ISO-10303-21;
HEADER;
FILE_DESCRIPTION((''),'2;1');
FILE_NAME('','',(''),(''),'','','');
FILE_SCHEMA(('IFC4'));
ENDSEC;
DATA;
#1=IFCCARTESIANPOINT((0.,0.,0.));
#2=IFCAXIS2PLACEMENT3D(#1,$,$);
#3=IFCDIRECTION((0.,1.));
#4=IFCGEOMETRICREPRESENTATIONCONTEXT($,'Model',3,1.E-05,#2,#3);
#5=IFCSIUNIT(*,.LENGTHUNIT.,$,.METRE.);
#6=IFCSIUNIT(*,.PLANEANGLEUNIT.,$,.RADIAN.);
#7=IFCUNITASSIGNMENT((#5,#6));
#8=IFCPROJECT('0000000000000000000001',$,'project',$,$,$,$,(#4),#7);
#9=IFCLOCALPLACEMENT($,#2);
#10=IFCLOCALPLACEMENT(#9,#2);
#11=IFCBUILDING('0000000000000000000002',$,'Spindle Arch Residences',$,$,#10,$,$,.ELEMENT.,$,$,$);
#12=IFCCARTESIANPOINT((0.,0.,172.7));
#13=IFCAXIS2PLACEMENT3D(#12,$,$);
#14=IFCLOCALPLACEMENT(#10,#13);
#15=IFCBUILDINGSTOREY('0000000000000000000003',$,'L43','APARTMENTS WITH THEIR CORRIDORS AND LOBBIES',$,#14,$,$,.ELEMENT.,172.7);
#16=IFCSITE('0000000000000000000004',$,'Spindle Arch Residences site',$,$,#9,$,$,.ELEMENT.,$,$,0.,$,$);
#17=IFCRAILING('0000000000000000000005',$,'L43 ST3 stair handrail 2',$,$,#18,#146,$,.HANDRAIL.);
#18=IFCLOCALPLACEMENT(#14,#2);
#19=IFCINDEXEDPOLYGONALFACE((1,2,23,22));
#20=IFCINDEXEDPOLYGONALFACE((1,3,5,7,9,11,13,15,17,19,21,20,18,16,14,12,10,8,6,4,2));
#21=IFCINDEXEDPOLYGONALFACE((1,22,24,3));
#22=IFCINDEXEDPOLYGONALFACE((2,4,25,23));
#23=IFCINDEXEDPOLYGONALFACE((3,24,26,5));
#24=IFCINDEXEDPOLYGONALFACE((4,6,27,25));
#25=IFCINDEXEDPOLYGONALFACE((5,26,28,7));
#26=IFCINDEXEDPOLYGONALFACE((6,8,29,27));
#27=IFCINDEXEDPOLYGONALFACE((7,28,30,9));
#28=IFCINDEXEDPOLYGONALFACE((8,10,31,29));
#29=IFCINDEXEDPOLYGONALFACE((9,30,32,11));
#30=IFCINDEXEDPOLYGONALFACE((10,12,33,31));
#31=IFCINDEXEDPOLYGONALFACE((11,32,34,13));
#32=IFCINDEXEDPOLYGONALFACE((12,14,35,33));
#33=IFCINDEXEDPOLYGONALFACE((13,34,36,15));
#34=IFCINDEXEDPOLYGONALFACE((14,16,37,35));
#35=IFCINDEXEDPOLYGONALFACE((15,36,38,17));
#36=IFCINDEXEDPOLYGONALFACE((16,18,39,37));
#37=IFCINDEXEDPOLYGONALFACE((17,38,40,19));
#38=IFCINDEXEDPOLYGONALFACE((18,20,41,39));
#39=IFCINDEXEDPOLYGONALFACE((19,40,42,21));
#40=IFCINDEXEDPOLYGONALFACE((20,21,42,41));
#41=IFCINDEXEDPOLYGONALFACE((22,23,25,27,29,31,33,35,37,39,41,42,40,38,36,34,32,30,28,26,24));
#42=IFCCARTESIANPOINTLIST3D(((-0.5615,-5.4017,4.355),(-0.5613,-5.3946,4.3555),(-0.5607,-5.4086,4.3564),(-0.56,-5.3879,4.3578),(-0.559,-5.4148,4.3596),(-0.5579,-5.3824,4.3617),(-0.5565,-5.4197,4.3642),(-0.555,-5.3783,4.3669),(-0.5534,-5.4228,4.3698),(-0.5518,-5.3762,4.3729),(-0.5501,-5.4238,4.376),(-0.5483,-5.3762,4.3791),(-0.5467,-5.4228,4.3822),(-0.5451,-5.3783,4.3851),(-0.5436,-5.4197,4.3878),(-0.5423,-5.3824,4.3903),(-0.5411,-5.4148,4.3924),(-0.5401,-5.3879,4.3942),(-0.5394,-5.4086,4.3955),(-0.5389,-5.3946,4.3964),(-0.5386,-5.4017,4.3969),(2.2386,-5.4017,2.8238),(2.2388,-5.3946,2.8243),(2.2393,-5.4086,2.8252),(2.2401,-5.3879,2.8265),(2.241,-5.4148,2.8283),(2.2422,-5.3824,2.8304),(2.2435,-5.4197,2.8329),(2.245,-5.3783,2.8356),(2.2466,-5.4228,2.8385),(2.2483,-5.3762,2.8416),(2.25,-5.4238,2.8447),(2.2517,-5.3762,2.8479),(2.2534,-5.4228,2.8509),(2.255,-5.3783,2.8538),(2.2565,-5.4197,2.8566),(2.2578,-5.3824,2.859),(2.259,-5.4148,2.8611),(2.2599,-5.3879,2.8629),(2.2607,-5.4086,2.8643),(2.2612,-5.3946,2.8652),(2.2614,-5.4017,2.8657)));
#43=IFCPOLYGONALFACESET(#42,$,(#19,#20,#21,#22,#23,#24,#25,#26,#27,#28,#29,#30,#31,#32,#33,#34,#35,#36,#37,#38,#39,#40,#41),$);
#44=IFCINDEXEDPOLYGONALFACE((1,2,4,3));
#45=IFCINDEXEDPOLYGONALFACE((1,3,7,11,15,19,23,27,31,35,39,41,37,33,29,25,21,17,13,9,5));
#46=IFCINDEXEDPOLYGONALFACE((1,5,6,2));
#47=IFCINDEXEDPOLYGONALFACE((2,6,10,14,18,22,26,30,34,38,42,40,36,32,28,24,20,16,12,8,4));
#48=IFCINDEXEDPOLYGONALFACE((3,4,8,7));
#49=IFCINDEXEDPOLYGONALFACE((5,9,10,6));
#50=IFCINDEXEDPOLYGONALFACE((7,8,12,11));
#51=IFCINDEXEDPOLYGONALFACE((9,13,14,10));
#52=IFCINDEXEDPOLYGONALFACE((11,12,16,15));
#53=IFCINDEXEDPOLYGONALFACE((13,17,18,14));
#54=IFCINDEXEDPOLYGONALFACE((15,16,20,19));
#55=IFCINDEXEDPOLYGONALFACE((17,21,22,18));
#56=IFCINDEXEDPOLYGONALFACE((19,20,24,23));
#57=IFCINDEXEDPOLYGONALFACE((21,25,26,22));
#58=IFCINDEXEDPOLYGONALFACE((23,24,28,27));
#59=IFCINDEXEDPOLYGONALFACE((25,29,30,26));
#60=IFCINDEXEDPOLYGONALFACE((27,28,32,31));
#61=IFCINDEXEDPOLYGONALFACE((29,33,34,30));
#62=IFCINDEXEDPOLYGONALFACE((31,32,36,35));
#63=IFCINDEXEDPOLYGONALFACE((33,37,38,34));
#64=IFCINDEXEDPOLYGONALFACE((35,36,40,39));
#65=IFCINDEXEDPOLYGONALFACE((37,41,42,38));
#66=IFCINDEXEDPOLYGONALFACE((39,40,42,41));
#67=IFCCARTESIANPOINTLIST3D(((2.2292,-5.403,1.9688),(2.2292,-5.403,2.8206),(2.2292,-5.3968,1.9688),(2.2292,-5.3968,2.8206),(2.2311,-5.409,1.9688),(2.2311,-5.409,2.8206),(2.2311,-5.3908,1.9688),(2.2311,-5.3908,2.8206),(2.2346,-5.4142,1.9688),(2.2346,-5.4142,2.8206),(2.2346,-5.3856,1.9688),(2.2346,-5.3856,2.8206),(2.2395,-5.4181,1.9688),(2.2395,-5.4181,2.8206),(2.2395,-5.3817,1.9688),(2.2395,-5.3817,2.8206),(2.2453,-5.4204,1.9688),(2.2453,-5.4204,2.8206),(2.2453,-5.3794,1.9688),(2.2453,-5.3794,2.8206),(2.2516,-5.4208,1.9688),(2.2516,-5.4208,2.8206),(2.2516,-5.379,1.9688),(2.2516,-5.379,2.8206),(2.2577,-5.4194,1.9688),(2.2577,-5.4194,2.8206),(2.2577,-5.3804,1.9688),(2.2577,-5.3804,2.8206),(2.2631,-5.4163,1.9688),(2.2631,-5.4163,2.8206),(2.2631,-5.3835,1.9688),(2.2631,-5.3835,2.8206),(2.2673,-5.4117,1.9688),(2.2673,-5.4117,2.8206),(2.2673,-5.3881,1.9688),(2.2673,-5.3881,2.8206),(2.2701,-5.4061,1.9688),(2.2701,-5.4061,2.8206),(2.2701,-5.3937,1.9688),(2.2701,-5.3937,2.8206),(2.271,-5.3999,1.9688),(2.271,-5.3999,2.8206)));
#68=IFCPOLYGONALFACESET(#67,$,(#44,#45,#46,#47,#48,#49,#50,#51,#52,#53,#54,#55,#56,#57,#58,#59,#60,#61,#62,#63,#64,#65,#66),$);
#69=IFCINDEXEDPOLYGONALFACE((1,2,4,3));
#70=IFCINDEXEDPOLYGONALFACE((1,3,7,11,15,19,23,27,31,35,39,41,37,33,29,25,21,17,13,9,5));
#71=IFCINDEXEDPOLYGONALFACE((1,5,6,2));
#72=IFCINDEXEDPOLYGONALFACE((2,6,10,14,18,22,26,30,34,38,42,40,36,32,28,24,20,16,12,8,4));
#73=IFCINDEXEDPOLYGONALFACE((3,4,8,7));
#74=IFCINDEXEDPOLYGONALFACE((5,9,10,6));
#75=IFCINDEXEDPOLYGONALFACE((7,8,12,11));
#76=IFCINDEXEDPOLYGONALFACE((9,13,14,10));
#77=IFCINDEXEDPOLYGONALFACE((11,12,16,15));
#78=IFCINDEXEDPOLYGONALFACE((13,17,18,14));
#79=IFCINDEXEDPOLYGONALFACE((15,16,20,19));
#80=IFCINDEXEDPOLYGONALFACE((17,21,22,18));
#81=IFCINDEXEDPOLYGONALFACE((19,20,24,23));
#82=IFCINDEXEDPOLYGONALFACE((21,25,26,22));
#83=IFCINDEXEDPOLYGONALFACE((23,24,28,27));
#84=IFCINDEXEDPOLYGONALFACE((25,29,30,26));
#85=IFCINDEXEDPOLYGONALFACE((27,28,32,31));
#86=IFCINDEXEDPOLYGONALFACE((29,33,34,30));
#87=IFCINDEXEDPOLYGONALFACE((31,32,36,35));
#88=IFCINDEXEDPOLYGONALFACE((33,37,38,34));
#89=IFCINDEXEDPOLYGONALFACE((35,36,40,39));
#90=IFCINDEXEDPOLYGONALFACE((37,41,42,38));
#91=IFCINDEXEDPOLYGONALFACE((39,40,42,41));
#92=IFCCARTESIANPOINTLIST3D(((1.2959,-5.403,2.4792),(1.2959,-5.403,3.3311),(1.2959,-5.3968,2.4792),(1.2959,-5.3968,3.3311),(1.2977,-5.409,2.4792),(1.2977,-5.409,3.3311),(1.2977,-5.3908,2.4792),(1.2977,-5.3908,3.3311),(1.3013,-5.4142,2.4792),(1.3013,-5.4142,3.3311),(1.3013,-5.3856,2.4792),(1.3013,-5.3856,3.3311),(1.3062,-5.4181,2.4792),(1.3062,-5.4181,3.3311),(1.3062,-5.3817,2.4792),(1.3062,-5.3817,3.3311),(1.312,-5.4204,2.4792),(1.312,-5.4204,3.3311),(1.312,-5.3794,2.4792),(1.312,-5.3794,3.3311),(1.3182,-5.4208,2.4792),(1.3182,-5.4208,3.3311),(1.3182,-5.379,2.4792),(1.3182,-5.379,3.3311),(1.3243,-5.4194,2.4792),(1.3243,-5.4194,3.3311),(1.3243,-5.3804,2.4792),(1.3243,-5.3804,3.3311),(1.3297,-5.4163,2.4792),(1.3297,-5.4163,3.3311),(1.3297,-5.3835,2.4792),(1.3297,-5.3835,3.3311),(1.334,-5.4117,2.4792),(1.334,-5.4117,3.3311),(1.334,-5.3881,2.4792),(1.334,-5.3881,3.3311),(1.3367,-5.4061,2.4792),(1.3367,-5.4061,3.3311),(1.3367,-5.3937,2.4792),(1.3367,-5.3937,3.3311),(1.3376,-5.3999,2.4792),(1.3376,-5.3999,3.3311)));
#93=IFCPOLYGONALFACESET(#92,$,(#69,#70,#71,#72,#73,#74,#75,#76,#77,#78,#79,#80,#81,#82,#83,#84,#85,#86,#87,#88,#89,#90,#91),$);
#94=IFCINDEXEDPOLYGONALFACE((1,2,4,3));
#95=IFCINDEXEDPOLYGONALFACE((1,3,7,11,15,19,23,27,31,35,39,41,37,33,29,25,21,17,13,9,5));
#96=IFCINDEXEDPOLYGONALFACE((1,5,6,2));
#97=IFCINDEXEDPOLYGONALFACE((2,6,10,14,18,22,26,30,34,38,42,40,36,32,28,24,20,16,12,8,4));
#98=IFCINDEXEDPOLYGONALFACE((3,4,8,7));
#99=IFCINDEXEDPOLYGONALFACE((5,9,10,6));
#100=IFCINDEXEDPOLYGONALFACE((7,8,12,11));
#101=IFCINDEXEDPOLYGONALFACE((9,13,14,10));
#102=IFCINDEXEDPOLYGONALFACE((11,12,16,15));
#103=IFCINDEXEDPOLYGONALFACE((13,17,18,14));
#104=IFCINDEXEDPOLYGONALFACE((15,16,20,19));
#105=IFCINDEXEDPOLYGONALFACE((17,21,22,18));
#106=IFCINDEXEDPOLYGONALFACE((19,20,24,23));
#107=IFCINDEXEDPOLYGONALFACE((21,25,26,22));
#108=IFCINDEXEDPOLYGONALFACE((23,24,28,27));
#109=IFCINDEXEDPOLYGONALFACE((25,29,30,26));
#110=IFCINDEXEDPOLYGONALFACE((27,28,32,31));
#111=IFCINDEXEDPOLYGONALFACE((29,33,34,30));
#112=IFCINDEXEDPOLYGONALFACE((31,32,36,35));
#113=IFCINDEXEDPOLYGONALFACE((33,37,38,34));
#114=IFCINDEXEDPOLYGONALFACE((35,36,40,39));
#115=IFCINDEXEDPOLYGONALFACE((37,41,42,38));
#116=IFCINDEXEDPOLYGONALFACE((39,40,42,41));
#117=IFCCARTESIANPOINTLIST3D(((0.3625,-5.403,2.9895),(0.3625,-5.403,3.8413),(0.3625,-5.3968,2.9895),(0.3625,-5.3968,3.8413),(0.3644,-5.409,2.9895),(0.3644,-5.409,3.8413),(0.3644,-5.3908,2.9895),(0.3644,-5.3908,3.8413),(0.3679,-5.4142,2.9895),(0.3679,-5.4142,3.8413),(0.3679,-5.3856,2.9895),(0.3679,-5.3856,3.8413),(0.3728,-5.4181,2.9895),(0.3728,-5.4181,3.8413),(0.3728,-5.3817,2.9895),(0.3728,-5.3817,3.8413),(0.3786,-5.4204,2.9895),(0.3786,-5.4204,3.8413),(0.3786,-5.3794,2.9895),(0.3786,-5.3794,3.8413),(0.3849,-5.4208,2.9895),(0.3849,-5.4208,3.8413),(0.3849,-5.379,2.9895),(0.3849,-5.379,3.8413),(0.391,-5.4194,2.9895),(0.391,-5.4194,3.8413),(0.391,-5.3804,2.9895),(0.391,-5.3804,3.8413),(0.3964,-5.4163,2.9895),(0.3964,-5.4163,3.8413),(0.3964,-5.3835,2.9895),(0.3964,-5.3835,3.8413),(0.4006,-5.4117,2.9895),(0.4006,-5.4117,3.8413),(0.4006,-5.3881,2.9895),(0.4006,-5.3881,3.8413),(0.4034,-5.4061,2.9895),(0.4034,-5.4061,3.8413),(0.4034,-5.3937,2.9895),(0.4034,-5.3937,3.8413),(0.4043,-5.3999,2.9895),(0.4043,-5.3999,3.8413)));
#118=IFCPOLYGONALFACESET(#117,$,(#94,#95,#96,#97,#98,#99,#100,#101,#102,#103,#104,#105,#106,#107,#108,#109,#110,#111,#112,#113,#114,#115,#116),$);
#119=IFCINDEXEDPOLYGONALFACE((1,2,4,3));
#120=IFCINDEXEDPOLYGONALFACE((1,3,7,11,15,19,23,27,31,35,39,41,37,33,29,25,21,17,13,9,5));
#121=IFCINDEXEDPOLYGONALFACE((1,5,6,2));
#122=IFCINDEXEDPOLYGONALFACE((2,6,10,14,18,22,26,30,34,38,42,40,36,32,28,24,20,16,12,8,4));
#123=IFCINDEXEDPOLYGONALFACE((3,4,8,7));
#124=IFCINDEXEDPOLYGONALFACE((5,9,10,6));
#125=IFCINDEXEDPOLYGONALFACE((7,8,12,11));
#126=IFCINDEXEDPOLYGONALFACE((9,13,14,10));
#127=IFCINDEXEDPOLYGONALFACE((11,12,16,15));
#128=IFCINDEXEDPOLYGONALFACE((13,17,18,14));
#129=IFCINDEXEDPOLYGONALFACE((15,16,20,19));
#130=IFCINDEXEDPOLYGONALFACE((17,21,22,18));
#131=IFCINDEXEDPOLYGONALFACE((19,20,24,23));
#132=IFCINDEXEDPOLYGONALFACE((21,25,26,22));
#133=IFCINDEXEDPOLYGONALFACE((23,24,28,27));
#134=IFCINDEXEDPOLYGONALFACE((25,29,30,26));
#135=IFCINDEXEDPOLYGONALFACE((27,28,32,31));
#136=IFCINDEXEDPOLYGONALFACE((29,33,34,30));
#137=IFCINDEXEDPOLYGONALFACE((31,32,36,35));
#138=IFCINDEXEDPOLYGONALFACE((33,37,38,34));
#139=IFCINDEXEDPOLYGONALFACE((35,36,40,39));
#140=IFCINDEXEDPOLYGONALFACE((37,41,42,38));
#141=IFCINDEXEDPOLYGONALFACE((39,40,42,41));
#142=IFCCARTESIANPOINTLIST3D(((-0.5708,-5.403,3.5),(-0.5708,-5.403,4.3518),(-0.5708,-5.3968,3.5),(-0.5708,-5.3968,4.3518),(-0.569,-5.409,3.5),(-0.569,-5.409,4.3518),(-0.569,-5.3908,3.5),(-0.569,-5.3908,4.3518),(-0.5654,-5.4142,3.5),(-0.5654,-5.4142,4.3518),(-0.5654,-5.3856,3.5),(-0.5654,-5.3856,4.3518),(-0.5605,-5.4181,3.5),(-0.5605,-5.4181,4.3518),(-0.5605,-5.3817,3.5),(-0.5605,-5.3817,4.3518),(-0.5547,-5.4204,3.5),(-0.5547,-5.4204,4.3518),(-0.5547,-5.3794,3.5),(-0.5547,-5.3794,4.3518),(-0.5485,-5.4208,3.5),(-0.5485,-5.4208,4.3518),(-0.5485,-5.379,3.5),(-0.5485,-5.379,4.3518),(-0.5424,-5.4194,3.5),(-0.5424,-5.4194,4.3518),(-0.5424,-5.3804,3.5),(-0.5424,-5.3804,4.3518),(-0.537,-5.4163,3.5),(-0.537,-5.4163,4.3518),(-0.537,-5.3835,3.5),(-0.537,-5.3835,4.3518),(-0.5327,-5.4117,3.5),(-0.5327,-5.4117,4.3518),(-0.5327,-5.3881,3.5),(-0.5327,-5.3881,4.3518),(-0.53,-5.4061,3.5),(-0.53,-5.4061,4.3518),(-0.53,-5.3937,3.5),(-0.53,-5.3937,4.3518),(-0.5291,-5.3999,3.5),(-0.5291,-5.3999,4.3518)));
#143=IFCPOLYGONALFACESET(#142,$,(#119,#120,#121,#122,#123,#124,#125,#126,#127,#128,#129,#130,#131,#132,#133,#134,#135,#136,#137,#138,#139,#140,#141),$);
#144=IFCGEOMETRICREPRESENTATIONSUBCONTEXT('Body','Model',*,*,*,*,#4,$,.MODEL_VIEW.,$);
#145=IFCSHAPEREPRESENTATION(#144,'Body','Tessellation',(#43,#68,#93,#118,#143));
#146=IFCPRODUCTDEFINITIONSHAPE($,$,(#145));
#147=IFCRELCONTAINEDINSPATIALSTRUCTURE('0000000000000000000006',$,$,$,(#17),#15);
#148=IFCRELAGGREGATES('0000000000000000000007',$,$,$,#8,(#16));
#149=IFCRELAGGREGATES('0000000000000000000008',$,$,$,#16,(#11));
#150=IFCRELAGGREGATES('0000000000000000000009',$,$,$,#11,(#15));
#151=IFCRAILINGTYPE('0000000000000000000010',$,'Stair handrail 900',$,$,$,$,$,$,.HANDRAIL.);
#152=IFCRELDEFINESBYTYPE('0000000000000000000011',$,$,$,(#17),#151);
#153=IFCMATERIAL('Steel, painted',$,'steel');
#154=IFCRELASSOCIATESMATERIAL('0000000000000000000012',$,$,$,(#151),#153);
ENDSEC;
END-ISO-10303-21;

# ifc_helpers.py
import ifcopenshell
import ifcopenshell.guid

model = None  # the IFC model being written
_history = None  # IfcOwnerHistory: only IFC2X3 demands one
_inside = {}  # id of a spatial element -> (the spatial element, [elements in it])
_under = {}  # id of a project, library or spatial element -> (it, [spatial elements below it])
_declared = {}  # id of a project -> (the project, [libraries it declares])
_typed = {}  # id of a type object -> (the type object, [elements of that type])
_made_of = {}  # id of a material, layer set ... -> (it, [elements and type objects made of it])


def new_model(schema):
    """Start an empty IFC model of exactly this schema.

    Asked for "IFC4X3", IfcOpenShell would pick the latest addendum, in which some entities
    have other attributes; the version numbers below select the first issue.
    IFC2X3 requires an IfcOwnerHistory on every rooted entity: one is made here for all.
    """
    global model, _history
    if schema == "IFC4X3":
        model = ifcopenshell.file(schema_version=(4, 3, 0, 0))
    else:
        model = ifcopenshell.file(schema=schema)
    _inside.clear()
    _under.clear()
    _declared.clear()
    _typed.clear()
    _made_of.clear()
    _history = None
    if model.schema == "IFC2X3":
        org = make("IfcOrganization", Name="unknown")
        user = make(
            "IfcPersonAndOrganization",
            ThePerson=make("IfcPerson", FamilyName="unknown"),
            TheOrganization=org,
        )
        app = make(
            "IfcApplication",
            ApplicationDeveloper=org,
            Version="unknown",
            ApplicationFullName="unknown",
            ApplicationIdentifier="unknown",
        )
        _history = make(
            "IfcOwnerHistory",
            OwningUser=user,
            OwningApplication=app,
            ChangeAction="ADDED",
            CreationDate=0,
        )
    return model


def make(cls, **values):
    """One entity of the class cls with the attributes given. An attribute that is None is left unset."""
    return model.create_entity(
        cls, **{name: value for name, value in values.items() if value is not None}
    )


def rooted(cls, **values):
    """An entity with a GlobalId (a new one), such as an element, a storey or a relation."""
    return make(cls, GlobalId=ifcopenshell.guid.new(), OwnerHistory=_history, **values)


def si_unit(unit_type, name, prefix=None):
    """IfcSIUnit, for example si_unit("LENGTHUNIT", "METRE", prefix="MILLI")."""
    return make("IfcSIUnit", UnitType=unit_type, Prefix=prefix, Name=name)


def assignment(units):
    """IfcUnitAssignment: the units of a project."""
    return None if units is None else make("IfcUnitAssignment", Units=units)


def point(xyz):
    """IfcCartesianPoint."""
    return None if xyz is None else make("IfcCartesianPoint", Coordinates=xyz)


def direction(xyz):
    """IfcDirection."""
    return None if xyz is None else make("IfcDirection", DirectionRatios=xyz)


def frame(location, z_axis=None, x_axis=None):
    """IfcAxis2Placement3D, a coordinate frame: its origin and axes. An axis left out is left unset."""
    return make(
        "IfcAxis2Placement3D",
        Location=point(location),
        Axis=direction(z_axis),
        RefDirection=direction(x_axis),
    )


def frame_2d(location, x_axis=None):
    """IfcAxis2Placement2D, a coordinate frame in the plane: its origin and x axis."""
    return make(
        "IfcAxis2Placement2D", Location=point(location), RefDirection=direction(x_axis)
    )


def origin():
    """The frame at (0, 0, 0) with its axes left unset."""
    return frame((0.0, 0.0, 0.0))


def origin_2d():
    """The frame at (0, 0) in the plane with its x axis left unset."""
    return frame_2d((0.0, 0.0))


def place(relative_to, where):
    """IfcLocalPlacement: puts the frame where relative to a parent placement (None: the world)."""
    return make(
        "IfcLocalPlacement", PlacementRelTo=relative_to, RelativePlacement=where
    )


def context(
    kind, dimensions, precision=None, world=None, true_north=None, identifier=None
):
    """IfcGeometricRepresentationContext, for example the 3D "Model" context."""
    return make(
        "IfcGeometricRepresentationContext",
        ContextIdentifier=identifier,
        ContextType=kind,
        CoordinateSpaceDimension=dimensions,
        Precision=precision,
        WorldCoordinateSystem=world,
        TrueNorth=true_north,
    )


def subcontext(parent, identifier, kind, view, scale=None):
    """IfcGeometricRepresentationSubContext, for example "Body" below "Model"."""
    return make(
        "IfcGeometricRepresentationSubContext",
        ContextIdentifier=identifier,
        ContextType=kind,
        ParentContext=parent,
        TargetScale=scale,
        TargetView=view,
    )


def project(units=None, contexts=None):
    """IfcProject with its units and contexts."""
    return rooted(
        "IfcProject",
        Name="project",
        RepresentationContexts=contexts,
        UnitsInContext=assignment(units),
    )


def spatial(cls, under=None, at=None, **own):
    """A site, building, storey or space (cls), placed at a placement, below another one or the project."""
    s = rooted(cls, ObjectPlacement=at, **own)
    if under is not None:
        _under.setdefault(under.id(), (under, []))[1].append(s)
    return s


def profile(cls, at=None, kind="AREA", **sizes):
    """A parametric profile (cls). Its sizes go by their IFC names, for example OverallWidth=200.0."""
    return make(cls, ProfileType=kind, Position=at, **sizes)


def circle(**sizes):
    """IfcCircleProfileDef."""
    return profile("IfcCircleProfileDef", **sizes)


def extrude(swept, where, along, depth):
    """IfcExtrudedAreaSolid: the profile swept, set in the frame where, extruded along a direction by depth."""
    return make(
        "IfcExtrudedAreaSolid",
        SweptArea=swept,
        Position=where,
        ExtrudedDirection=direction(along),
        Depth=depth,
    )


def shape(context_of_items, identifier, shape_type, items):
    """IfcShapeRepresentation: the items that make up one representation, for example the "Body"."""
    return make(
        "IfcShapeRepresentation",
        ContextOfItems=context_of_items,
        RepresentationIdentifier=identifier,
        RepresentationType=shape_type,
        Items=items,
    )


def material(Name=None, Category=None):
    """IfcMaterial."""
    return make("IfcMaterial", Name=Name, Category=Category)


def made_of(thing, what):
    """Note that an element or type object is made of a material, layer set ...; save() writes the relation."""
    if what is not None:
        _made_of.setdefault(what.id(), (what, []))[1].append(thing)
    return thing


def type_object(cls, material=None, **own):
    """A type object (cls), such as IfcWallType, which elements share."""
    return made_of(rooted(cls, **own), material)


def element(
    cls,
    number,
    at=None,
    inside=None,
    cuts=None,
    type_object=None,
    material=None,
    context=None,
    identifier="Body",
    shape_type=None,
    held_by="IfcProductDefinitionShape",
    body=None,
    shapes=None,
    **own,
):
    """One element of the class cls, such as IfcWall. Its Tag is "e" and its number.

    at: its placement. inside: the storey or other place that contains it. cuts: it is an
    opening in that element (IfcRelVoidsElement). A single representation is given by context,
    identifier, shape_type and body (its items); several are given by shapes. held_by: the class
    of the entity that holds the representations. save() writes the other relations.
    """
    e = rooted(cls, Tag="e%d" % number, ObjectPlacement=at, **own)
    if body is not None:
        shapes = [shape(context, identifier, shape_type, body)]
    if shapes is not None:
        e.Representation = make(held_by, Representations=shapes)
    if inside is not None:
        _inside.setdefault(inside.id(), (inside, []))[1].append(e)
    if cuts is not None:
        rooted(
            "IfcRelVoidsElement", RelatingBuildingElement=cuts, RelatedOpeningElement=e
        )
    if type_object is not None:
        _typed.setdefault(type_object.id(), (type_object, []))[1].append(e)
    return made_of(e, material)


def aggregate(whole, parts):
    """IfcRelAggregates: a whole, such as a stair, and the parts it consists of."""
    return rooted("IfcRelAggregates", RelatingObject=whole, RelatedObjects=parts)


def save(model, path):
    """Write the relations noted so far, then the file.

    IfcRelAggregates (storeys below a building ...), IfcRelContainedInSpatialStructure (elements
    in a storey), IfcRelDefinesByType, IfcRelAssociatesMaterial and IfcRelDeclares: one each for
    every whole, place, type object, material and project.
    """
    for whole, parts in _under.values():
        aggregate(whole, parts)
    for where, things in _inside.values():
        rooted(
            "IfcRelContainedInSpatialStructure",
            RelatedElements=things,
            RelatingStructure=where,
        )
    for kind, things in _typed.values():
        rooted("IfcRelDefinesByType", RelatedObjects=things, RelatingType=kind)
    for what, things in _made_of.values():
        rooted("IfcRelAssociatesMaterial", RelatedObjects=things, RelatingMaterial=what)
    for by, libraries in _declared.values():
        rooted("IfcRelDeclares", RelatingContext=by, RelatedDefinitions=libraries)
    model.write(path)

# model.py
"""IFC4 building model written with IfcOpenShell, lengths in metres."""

from ifc_helpers import new_model, si_unit, direction, frame, origin, origin_2d, place, context, subcontext, project, spatial, circle, extrude, material, type_object, element, save


model = new_model("IFC4")

# Units and contexts
model_context = context("Model", 3, precision=1e-05, world=origin(), true_north=direction((0.0, 1.0)))
body_context = subcontext(model_context, "Body", "Model", "MODEL_VIEW")
ifc_project = project(units=[si_unit("LENGTHUNIT", "METRE"), si_unit("PLANEANGLEUNIT", "RADIAN")], contexts=[model_context])

# Site, building, storey
site_placement = place(None, origin())
site = spatial("IfcSite", under=ifc_project, at=site_placement, Name="Spindle Arch Residences site", CompositionType="ELEMENT", RefElevation=0.0)
building_placement = place(site_placement, origin())
building = spatial("IfcBuilding", under=site, at=building_placement, Name="Spindle Arch Residences", CompositionType="ELEMENT")
storey_placement = place(building_placement, frame((0.0, 0.0, 172.7)))
storey = spatial("IfcBuildingStorey", under=building, at=storey_placement, Name="L43", Description="APARTMENTS WITH THEIR CORRIDORS AND LOBBIES", CompositionType="ELEMENT", Elevation=172.7)

# Railing
ifc_material_1 = material(Name="Steel, painted", Category="steel")
railing_type_1 = type_object("IfcRailingType", Name="Stair handrail 900", PredefinedType="HANDRAIL", material=ifc_material_1)
railing_1_placement = place(storey_placement, frame((2.25, -5.3999, 1.9688)))
element("IfcRailing", 1, at=railing_1_placement, inside=storey, type_object=railing_type_1, Name="L43 ST3 stair handrail 2", PredefinedType="HANDRAIL", context=body_context, shape_type="SweptSolid", body=[
    extrude(circle(Radius=0.0239, at=origin_2d()), frame((0.0, 0.0, 0.876), z_axis=(-0.877375, 0.0, 0.479806), x_axis=(0.0, -1.0, 0.0)), (0.0, 0.0, 1.0), 3.1914),
    extrude(circle(Radius=0.021, at=origin_2d()), origin(), (0.0, 0.0, 1.0), 0.8518),
    extrude(circle(Radius=0.021, at=origin_2d()), frame((-0.9333, 0.0, 0.5105)), (0.0, 0.0, 1.0), 0.8518),
    extrude(circle(Radius=0.021, at=origin_2d()), frame((-1.8667, 0.0, 1.0208)), (0.0, 0.0, 1.0), 0.8518),
    extrude(circle(Radius=0.021, at=origin_2d()), frame((-2.8, 0.0, 1.5312)), (0.0, 0.0, 1.0), 0.8518),
])

save(model, "model.ifc")
